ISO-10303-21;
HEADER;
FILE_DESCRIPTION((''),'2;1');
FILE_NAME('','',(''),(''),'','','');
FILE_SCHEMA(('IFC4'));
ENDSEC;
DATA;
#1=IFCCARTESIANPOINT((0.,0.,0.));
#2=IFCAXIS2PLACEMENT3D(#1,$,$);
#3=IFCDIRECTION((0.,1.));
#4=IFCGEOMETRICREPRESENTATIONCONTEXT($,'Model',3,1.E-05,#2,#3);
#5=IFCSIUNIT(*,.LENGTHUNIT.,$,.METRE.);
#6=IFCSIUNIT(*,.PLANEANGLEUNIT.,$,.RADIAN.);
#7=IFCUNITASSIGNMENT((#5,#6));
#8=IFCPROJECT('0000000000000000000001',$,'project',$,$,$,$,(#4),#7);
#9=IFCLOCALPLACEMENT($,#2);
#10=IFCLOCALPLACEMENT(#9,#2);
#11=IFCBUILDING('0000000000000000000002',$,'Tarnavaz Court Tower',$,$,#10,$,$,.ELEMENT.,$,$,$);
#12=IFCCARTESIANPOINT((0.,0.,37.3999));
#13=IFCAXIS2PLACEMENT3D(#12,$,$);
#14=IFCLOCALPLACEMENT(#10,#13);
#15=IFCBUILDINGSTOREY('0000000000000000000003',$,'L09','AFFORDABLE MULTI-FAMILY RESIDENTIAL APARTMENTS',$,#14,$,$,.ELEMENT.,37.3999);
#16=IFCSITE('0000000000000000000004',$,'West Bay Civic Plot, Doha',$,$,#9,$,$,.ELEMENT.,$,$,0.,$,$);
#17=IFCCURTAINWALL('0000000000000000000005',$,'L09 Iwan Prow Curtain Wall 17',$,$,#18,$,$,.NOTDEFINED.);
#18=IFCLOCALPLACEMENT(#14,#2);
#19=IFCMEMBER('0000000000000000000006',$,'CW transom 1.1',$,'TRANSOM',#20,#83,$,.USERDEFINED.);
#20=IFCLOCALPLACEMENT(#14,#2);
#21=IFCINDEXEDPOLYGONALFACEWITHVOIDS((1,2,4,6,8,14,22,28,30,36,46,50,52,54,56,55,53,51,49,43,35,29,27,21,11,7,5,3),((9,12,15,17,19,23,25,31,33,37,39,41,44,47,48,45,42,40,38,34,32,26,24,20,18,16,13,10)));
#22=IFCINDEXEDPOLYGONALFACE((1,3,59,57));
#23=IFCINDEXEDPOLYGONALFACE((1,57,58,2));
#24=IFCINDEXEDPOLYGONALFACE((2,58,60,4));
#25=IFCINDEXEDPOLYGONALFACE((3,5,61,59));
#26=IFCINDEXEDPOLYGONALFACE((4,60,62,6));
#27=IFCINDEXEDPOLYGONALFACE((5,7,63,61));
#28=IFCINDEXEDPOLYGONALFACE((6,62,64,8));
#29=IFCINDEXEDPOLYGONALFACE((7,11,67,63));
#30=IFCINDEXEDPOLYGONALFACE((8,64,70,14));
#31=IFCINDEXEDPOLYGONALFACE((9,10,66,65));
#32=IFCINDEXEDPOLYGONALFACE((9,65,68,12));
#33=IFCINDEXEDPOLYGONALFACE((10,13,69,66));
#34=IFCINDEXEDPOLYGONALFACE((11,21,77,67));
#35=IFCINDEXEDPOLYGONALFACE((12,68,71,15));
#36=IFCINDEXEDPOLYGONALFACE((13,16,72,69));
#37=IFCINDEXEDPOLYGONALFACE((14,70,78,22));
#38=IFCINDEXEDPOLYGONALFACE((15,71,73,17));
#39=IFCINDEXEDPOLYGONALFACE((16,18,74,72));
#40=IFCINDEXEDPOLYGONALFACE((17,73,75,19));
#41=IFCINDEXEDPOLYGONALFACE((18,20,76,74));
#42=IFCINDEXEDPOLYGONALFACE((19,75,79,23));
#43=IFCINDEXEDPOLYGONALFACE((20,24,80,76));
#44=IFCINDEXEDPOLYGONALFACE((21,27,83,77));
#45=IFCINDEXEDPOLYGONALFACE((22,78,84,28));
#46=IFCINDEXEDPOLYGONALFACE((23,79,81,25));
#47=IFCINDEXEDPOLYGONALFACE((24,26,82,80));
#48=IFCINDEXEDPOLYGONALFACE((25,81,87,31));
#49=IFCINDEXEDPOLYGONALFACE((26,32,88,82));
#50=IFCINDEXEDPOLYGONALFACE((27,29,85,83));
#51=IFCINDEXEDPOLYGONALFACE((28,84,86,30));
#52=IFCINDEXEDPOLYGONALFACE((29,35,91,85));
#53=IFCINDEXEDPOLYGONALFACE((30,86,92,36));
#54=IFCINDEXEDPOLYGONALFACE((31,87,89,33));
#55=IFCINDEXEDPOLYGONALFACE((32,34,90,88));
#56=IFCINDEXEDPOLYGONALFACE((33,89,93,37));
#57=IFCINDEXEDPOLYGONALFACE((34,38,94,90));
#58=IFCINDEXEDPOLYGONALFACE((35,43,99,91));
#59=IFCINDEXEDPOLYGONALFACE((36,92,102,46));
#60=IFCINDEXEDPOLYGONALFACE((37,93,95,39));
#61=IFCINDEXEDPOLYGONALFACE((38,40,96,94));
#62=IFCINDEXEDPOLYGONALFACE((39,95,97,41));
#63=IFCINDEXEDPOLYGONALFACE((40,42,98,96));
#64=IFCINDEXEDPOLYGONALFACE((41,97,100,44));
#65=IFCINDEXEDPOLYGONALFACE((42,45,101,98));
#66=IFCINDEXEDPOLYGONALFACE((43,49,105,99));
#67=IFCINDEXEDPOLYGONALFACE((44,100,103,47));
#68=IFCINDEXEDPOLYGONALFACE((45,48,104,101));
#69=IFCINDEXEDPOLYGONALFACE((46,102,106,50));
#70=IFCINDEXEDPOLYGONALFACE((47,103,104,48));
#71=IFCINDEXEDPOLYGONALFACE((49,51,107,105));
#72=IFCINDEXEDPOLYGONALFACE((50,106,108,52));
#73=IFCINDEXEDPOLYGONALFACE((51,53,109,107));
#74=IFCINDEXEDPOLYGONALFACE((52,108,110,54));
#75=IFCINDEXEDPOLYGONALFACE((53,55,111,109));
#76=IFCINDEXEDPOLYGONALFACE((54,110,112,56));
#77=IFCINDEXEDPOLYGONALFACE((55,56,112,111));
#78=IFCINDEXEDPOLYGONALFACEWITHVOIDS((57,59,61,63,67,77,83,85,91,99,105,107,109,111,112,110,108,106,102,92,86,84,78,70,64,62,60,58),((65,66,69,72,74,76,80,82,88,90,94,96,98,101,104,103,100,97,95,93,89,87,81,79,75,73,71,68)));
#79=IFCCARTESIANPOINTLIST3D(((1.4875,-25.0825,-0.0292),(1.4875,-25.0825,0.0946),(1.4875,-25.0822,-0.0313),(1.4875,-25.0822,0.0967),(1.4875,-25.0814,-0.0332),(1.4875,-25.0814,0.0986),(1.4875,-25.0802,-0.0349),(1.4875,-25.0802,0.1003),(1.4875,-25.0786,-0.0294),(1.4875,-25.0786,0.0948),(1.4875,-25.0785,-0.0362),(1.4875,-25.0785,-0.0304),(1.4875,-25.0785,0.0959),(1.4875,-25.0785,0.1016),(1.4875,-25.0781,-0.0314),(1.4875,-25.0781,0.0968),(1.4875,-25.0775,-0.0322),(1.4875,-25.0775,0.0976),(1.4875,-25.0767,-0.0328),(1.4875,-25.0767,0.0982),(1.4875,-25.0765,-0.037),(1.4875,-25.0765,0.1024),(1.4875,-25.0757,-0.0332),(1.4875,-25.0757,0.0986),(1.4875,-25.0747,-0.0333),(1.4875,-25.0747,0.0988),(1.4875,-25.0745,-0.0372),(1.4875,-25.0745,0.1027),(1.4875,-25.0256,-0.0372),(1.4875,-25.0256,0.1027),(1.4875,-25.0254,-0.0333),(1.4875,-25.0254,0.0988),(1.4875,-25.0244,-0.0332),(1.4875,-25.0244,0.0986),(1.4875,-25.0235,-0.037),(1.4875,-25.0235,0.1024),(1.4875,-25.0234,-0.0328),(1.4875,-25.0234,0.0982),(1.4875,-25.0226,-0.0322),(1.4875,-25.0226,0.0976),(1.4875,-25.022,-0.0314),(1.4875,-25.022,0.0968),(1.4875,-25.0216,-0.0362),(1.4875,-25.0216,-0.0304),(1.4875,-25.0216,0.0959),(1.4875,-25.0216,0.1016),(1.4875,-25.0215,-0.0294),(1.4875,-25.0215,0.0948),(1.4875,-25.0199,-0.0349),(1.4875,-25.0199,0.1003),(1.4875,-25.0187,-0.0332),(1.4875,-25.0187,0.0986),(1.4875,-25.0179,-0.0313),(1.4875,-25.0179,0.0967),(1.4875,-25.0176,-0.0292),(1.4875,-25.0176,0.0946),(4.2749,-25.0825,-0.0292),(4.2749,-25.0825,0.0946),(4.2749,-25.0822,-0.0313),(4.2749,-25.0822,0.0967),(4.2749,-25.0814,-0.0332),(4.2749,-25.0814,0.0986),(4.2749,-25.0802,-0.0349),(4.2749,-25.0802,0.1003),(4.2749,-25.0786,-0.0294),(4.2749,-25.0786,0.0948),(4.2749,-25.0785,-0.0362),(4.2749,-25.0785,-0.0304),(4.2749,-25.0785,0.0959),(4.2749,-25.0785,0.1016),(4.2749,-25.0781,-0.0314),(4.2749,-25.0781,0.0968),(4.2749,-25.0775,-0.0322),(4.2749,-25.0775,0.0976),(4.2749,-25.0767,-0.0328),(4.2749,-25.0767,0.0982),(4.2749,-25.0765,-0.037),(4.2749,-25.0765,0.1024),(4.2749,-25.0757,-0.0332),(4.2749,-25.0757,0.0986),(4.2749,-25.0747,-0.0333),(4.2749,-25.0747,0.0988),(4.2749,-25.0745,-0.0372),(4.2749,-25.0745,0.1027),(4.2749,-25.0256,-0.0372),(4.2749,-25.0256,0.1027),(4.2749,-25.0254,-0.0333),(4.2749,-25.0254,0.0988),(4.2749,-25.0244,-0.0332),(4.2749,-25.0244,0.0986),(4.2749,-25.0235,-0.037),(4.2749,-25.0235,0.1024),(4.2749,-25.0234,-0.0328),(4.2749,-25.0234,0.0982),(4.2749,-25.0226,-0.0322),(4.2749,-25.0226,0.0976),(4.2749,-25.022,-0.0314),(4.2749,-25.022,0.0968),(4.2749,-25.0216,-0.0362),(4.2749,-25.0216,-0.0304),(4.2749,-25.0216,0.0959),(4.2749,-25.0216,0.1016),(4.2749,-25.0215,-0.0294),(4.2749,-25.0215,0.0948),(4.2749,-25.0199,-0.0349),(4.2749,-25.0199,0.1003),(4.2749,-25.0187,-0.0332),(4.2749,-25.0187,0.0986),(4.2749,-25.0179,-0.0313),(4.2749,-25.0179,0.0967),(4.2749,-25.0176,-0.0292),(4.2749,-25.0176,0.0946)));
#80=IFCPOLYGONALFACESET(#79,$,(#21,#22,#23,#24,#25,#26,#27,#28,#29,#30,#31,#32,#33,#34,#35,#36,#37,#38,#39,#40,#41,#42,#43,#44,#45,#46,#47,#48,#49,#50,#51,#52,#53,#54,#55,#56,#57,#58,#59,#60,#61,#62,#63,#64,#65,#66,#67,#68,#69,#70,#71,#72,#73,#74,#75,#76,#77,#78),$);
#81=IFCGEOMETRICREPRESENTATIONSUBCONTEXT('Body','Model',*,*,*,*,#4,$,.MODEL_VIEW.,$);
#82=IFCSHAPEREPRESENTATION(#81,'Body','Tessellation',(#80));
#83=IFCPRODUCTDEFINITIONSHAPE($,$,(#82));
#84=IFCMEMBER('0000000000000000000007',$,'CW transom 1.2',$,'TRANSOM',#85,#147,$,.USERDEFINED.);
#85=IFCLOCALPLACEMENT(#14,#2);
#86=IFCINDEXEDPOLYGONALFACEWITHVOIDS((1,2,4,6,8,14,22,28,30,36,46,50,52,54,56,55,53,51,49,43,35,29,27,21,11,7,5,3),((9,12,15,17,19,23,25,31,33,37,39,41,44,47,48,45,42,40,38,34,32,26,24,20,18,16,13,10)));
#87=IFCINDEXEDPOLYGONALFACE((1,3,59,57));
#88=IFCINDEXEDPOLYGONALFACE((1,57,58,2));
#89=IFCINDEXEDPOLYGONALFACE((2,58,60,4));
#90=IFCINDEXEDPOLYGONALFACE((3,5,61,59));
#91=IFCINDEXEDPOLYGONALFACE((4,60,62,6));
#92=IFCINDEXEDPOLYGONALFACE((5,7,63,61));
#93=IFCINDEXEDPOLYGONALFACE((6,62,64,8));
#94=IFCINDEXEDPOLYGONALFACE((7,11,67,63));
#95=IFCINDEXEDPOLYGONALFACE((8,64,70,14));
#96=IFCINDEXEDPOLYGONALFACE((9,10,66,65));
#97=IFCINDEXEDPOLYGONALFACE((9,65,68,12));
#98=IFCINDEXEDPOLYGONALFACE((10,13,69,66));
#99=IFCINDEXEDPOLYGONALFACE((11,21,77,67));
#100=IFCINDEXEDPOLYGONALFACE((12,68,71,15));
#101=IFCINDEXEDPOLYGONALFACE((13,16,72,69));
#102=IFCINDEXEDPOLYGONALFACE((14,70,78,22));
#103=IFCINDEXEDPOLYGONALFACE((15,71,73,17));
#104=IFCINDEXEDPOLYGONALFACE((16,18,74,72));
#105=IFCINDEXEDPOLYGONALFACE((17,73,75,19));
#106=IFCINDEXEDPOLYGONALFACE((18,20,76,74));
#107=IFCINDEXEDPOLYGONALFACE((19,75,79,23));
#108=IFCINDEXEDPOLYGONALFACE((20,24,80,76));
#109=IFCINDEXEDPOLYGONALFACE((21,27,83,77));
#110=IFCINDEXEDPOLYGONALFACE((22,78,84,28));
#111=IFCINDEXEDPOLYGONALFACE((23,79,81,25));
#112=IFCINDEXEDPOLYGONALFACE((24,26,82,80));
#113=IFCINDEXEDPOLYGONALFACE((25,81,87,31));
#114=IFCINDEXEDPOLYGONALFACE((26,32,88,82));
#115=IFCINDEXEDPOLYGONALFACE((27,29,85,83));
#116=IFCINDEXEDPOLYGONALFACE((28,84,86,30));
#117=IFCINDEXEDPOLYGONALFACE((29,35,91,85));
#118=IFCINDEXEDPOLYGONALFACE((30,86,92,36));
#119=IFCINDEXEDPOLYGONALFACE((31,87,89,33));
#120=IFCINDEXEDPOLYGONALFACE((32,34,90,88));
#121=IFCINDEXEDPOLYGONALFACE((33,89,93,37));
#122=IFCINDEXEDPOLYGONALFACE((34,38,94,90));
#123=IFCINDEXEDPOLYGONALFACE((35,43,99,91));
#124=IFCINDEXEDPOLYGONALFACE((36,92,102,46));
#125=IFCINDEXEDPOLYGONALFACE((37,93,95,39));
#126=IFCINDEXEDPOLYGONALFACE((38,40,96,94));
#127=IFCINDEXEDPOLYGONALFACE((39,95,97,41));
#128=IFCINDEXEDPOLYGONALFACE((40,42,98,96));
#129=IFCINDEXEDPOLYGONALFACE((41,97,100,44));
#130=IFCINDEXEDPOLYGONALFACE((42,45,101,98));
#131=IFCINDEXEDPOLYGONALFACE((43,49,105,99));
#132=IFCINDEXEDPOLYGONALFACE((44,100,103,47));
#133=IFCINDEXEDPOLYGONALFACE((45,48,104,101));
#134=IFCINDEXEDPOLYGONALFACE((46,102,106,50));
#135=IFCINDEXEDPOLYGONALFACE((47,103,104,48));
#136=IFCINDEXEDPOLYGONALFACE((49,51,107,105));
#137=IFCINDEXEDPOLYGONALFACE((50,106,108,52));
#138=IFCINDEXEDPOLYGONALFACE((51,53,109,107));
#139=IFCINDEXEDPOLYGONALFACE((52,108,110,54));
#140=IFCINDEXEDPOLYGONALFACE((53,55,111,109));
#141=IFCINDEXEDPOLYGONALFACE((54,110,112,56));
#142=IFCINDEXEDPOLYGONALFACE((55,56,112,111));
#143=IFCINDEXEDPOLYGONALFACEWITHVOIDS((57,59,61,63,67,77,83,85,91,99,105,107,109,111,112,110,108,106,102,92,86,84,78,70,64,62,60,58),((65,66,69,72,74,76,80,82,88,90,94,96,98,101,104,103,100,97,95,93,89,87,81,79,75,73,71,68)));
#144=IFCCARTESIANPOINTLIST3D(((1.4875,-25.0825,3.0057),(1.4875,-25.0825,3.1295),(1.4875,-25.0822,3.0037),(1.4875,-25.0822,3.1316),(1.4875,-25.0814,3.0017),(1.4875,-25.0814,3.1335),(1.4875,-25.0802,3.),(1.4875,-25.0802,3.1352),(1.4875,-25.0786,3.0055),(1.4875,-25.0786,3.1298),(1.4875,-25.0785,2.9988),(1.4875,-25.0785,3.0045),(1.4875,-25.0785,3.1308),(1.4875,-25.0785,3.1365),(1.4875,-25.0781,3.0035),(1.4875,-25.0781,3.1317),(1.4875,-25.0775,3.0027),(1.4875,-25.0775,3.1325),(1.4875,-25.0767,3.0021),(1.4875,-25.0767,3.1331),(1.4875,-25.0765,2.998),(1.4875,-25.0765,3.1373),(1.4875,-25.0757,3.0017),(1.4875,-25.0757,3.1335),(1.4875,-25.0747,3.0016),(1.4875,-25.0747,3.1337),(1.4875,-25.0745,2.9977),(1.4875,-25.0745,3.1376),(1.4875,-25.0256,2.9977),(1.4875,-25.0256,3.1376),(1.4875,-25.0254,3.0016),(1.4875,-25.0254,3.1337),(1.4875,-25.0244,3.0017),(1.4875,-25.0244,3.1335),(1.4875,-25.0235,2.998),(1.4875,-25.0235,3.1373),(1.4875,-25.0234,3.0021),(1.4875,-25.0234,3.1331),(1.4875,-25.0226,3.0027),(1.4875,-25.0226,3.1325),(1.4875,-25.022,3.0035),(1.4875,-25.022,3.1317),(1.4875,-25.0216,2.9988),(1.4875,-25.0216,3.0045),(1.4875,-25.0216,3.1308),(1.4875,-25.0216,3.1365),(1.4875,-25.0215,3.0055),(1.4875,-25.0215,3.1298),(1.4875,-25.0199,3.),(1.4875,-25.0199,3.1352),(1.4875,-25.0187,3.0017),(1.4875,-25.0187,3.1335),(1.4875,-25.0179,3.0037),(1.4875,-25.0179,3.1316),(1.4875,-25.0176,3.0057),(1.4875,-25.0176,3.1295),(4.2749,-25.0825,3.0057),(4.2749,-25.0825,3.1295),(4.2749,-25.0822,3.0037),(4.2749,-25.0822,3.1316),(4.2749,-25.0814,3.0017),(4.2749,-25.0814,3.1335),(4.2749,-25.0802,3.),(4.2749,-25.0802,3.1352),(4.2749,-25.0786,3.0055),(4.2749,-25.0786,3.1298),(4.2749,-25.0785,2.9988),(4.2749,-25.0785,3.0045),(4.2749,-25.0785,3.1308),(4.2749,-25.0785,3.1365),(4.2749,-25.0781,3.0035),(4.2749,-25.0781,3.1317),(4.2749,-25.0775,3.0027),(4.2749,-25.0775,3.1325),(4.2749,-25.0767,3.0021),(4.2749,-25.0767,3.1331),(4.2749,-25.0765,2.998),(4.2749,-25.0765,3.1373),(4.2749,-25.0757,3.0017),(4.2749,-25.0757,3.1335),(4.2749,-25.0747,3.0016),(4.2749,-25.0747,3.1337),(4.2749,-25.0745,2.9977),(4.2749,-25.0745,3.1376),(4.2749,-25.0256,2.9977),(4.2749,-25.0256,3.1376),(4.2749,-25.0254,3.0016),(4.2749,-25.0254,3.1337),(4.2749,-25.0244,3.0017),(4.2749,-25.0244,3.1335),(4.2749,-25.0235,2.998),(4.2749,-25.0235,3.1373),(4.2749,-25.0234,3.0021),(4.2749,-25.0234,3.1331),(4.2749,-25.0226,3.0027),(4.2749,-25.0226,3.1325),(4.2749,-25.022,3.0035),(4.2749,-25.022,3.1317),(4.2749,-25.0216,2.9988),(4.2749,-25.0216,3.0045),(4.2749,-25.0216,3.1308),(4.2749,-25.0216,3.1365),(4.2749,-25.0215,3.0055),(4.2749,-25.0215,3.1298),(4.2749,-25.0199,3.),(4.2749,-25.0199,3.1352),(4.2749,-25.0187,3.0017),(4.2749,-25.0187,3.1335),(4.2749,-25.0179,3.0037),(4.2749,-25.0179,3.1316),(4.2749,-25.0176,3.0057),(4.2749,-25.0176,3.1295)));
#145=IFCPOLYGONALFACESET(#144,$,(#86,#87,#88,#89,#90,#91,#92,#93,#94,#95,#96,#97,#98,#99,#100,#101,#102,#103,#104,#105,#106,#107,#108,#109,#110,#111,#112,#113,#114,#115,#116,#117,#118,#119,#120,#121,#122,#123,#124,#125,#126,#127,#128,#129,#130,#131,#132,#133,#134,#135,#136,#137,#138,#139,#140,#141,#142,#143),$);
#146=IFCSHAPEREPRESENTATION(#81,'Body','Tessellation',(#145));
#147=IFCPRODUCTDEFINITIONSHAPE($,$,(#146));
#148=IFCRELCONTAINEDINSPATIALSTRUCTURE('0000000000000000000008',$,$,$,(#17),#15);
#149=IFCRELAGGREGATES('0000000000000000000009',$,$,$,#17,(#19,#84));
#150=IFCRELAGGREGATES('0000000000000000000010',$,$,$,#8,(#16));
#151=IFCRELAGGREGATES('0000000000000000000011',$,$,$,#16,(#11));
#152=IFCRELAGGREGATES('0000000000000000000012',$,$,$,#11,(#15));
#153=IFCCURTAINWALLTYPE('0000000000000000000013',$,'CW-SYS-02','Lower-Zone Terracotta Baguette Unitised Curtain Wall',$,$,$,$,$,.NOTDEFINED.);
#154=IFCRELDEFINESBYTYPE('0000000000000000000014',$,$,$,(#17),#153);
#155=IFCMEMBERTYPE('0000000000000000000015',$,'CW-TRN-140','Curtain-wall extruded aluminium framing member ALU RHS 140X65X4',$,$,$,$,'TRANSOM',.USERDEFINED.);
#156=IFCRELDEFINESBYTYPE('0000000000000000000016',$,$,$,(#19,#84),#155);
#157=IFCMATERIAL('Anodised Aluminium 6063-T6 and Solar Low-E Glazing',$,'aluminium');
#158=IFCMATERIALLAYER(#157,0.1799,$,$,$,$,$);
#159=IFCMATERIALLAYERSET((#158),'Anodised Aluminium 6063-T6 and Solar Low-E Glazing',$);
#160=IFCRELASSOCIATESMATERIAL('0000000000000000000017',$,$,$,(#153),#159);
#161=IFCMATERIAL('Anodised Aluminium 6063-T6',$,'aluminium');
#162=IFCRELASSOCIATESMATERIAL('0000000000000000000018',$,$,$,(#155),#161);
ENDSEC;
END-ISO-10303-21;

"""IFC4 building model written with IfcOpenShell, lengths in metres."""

from ifc_helpers import new_model, si_unit, direction, frame, origin, origin_2d, place, context, subcontext, project, spatial, hollow_rectangle, extrude, material, layer, layer_set, material_profile, profile_set, type_object, element, aggregate, save


model = new_model("IFC4")

# Units and contexts
model_context = context("Model", 3, precision=1e-05, world=origin(), true_north=direction((0.0, 1.0)))
body_context = subcontext(model_context, "Body", "Model", "MODEL_VIEW")
ifc_project = project(units=[si_unit("LENGTHUNIT", "METRE"), si_unit("PLANEANGLEUNIT", "RADIAN")], contexts=[model_context])

# Site, building, storey
site_placement = place(None, origin())
site = spatial("IfcSite", under=ifc_project, at=site_placement, Name="West Bay Civic Plot, Doha", CompositionType="ELEMENT", RefElevation=0.0)
building_placement = place(site_placement, origin())
building = spatial("IfcBuilding", under=site, at=building_placement, Name="Tarnavaz Court Tower", CompositionType="ELEMENT")
storey_placement = place(building_placement, frame((0.0, 0.0, 37.3999)))
storey = spatial("IfcBuildingStorey", under=building, at=storey_placement, Name="L09", Description="AFFORDABLE MULTI-FAMILY RESIDENTIAL APARTMENTS", CompositionType="ELEMENT", Elevation=37.3999)

# Curtain wall, members
ifc_material_1 = material(Name="Anodised Aluminium 6063-T6 and Solar Low-E Glazing", Category="aluminium")
ifc_layer_1 = layer(ifc_material_1, 0.1799)
ifc_layer_set_1 = layer_set([ifc_layer_1], Name="Anodised Aluminium 6063-T6 and Solar Low-E Glazing")
curtain_wall_type = type_object("IfcCurtainWallType", Name="CW-SYS-02", Description="Lower-Zone Terracotta Baguette Unitised Curtain Wall", PredefinedType="NOTDEFINED", material=ifc_layer_set_1)
curtain_wall_placement = place(storey_placement, origin())
curtain_wall = element("IfcCurtainWall", 1, at=curtain_wall_placement, inside=storey, type_object=curtain_wall_type, Name="L09 Iwan Prow Curtain Wall 17", PredefinedType="NOTDEFINED")
ifc_material_2 = material(Name="Anodised Aluminium 6063-T6", Category="aluminium")
ifc_material_profile_1 = material_profile(ifc_material_2, hollow_rectangle(XDim=0.0649, YDim=0.1399, WallThickness=0.0039, InnerFilletRadius=0.0039, OuterFilletRadius=0.0081, at=origin_2d()), Name="ALU RHS 140X65X4")
ifc_profile_set_1 = profile_set([ifc_material_profile_1], Name="Anodised Aluminium 6063-T6")
member_type_1 = type_object("IfcMemberType", Name="CW-TRN-140", Description="Curtain-wall extruded aluminium framing member ALU RHS 140X65X4", ElementType="TRANSOM", PredefinedType="USERDEFINED", material=ifc_profile_set_1)
member_1_placement = place(storey_placement, frame((4.2749, -25.05, 0.0327), z_axis=(-1.0, 0.0, 0.0), x_axis=(0.0, -1.0, 0.0)))
member_1 = element("IfcMember", 2, at=member_1_placement, type_object=member_type_1, Name="CW transom 1.1", ObjectType="TRANSOM", PredefinedType="USERDEFINED", context=body_context, shape_type="SweptSolid", body=[
    extrude(hollow_rectangle(XDim=0.0649, YDim=0.1399, WallThickness=0.0039, InnerFilletRadius=0.0039, OuterFilletRadius=0.0081, at=origin_2d()), origin(), (0.0, 0.0, 1.0), 2.7874),
])
member_2_placement = place(storey_placement, frame((4.2749, -25.05, 3.0676), z_axis=(-1.0, 0.0, 0.0), x_axis=(0.0, -1.0, 0.0)))
member_2 = element("IfcMember", 3, at=member_2_placement, type_object=member_type_1, Name="CW transom 1.2", ObjectType="TRANSOM", PredefinedType="USERDEFINED", context=body_context, shape_type="SweptSolid", body=[
    extrude(hollow_rectangle(XDim=0.0649, YDim=0.1399, WallThickness=0.0039, InnerFilletRadius=0.0039, OuterFilletRadius=0.0081, at=origin_2d()), origin(), (0.0, 0.0, 1.0), 2.7874),
])
aggregate(curtain_wall, [member_1, member_2])

save(model, "model.ifc")
